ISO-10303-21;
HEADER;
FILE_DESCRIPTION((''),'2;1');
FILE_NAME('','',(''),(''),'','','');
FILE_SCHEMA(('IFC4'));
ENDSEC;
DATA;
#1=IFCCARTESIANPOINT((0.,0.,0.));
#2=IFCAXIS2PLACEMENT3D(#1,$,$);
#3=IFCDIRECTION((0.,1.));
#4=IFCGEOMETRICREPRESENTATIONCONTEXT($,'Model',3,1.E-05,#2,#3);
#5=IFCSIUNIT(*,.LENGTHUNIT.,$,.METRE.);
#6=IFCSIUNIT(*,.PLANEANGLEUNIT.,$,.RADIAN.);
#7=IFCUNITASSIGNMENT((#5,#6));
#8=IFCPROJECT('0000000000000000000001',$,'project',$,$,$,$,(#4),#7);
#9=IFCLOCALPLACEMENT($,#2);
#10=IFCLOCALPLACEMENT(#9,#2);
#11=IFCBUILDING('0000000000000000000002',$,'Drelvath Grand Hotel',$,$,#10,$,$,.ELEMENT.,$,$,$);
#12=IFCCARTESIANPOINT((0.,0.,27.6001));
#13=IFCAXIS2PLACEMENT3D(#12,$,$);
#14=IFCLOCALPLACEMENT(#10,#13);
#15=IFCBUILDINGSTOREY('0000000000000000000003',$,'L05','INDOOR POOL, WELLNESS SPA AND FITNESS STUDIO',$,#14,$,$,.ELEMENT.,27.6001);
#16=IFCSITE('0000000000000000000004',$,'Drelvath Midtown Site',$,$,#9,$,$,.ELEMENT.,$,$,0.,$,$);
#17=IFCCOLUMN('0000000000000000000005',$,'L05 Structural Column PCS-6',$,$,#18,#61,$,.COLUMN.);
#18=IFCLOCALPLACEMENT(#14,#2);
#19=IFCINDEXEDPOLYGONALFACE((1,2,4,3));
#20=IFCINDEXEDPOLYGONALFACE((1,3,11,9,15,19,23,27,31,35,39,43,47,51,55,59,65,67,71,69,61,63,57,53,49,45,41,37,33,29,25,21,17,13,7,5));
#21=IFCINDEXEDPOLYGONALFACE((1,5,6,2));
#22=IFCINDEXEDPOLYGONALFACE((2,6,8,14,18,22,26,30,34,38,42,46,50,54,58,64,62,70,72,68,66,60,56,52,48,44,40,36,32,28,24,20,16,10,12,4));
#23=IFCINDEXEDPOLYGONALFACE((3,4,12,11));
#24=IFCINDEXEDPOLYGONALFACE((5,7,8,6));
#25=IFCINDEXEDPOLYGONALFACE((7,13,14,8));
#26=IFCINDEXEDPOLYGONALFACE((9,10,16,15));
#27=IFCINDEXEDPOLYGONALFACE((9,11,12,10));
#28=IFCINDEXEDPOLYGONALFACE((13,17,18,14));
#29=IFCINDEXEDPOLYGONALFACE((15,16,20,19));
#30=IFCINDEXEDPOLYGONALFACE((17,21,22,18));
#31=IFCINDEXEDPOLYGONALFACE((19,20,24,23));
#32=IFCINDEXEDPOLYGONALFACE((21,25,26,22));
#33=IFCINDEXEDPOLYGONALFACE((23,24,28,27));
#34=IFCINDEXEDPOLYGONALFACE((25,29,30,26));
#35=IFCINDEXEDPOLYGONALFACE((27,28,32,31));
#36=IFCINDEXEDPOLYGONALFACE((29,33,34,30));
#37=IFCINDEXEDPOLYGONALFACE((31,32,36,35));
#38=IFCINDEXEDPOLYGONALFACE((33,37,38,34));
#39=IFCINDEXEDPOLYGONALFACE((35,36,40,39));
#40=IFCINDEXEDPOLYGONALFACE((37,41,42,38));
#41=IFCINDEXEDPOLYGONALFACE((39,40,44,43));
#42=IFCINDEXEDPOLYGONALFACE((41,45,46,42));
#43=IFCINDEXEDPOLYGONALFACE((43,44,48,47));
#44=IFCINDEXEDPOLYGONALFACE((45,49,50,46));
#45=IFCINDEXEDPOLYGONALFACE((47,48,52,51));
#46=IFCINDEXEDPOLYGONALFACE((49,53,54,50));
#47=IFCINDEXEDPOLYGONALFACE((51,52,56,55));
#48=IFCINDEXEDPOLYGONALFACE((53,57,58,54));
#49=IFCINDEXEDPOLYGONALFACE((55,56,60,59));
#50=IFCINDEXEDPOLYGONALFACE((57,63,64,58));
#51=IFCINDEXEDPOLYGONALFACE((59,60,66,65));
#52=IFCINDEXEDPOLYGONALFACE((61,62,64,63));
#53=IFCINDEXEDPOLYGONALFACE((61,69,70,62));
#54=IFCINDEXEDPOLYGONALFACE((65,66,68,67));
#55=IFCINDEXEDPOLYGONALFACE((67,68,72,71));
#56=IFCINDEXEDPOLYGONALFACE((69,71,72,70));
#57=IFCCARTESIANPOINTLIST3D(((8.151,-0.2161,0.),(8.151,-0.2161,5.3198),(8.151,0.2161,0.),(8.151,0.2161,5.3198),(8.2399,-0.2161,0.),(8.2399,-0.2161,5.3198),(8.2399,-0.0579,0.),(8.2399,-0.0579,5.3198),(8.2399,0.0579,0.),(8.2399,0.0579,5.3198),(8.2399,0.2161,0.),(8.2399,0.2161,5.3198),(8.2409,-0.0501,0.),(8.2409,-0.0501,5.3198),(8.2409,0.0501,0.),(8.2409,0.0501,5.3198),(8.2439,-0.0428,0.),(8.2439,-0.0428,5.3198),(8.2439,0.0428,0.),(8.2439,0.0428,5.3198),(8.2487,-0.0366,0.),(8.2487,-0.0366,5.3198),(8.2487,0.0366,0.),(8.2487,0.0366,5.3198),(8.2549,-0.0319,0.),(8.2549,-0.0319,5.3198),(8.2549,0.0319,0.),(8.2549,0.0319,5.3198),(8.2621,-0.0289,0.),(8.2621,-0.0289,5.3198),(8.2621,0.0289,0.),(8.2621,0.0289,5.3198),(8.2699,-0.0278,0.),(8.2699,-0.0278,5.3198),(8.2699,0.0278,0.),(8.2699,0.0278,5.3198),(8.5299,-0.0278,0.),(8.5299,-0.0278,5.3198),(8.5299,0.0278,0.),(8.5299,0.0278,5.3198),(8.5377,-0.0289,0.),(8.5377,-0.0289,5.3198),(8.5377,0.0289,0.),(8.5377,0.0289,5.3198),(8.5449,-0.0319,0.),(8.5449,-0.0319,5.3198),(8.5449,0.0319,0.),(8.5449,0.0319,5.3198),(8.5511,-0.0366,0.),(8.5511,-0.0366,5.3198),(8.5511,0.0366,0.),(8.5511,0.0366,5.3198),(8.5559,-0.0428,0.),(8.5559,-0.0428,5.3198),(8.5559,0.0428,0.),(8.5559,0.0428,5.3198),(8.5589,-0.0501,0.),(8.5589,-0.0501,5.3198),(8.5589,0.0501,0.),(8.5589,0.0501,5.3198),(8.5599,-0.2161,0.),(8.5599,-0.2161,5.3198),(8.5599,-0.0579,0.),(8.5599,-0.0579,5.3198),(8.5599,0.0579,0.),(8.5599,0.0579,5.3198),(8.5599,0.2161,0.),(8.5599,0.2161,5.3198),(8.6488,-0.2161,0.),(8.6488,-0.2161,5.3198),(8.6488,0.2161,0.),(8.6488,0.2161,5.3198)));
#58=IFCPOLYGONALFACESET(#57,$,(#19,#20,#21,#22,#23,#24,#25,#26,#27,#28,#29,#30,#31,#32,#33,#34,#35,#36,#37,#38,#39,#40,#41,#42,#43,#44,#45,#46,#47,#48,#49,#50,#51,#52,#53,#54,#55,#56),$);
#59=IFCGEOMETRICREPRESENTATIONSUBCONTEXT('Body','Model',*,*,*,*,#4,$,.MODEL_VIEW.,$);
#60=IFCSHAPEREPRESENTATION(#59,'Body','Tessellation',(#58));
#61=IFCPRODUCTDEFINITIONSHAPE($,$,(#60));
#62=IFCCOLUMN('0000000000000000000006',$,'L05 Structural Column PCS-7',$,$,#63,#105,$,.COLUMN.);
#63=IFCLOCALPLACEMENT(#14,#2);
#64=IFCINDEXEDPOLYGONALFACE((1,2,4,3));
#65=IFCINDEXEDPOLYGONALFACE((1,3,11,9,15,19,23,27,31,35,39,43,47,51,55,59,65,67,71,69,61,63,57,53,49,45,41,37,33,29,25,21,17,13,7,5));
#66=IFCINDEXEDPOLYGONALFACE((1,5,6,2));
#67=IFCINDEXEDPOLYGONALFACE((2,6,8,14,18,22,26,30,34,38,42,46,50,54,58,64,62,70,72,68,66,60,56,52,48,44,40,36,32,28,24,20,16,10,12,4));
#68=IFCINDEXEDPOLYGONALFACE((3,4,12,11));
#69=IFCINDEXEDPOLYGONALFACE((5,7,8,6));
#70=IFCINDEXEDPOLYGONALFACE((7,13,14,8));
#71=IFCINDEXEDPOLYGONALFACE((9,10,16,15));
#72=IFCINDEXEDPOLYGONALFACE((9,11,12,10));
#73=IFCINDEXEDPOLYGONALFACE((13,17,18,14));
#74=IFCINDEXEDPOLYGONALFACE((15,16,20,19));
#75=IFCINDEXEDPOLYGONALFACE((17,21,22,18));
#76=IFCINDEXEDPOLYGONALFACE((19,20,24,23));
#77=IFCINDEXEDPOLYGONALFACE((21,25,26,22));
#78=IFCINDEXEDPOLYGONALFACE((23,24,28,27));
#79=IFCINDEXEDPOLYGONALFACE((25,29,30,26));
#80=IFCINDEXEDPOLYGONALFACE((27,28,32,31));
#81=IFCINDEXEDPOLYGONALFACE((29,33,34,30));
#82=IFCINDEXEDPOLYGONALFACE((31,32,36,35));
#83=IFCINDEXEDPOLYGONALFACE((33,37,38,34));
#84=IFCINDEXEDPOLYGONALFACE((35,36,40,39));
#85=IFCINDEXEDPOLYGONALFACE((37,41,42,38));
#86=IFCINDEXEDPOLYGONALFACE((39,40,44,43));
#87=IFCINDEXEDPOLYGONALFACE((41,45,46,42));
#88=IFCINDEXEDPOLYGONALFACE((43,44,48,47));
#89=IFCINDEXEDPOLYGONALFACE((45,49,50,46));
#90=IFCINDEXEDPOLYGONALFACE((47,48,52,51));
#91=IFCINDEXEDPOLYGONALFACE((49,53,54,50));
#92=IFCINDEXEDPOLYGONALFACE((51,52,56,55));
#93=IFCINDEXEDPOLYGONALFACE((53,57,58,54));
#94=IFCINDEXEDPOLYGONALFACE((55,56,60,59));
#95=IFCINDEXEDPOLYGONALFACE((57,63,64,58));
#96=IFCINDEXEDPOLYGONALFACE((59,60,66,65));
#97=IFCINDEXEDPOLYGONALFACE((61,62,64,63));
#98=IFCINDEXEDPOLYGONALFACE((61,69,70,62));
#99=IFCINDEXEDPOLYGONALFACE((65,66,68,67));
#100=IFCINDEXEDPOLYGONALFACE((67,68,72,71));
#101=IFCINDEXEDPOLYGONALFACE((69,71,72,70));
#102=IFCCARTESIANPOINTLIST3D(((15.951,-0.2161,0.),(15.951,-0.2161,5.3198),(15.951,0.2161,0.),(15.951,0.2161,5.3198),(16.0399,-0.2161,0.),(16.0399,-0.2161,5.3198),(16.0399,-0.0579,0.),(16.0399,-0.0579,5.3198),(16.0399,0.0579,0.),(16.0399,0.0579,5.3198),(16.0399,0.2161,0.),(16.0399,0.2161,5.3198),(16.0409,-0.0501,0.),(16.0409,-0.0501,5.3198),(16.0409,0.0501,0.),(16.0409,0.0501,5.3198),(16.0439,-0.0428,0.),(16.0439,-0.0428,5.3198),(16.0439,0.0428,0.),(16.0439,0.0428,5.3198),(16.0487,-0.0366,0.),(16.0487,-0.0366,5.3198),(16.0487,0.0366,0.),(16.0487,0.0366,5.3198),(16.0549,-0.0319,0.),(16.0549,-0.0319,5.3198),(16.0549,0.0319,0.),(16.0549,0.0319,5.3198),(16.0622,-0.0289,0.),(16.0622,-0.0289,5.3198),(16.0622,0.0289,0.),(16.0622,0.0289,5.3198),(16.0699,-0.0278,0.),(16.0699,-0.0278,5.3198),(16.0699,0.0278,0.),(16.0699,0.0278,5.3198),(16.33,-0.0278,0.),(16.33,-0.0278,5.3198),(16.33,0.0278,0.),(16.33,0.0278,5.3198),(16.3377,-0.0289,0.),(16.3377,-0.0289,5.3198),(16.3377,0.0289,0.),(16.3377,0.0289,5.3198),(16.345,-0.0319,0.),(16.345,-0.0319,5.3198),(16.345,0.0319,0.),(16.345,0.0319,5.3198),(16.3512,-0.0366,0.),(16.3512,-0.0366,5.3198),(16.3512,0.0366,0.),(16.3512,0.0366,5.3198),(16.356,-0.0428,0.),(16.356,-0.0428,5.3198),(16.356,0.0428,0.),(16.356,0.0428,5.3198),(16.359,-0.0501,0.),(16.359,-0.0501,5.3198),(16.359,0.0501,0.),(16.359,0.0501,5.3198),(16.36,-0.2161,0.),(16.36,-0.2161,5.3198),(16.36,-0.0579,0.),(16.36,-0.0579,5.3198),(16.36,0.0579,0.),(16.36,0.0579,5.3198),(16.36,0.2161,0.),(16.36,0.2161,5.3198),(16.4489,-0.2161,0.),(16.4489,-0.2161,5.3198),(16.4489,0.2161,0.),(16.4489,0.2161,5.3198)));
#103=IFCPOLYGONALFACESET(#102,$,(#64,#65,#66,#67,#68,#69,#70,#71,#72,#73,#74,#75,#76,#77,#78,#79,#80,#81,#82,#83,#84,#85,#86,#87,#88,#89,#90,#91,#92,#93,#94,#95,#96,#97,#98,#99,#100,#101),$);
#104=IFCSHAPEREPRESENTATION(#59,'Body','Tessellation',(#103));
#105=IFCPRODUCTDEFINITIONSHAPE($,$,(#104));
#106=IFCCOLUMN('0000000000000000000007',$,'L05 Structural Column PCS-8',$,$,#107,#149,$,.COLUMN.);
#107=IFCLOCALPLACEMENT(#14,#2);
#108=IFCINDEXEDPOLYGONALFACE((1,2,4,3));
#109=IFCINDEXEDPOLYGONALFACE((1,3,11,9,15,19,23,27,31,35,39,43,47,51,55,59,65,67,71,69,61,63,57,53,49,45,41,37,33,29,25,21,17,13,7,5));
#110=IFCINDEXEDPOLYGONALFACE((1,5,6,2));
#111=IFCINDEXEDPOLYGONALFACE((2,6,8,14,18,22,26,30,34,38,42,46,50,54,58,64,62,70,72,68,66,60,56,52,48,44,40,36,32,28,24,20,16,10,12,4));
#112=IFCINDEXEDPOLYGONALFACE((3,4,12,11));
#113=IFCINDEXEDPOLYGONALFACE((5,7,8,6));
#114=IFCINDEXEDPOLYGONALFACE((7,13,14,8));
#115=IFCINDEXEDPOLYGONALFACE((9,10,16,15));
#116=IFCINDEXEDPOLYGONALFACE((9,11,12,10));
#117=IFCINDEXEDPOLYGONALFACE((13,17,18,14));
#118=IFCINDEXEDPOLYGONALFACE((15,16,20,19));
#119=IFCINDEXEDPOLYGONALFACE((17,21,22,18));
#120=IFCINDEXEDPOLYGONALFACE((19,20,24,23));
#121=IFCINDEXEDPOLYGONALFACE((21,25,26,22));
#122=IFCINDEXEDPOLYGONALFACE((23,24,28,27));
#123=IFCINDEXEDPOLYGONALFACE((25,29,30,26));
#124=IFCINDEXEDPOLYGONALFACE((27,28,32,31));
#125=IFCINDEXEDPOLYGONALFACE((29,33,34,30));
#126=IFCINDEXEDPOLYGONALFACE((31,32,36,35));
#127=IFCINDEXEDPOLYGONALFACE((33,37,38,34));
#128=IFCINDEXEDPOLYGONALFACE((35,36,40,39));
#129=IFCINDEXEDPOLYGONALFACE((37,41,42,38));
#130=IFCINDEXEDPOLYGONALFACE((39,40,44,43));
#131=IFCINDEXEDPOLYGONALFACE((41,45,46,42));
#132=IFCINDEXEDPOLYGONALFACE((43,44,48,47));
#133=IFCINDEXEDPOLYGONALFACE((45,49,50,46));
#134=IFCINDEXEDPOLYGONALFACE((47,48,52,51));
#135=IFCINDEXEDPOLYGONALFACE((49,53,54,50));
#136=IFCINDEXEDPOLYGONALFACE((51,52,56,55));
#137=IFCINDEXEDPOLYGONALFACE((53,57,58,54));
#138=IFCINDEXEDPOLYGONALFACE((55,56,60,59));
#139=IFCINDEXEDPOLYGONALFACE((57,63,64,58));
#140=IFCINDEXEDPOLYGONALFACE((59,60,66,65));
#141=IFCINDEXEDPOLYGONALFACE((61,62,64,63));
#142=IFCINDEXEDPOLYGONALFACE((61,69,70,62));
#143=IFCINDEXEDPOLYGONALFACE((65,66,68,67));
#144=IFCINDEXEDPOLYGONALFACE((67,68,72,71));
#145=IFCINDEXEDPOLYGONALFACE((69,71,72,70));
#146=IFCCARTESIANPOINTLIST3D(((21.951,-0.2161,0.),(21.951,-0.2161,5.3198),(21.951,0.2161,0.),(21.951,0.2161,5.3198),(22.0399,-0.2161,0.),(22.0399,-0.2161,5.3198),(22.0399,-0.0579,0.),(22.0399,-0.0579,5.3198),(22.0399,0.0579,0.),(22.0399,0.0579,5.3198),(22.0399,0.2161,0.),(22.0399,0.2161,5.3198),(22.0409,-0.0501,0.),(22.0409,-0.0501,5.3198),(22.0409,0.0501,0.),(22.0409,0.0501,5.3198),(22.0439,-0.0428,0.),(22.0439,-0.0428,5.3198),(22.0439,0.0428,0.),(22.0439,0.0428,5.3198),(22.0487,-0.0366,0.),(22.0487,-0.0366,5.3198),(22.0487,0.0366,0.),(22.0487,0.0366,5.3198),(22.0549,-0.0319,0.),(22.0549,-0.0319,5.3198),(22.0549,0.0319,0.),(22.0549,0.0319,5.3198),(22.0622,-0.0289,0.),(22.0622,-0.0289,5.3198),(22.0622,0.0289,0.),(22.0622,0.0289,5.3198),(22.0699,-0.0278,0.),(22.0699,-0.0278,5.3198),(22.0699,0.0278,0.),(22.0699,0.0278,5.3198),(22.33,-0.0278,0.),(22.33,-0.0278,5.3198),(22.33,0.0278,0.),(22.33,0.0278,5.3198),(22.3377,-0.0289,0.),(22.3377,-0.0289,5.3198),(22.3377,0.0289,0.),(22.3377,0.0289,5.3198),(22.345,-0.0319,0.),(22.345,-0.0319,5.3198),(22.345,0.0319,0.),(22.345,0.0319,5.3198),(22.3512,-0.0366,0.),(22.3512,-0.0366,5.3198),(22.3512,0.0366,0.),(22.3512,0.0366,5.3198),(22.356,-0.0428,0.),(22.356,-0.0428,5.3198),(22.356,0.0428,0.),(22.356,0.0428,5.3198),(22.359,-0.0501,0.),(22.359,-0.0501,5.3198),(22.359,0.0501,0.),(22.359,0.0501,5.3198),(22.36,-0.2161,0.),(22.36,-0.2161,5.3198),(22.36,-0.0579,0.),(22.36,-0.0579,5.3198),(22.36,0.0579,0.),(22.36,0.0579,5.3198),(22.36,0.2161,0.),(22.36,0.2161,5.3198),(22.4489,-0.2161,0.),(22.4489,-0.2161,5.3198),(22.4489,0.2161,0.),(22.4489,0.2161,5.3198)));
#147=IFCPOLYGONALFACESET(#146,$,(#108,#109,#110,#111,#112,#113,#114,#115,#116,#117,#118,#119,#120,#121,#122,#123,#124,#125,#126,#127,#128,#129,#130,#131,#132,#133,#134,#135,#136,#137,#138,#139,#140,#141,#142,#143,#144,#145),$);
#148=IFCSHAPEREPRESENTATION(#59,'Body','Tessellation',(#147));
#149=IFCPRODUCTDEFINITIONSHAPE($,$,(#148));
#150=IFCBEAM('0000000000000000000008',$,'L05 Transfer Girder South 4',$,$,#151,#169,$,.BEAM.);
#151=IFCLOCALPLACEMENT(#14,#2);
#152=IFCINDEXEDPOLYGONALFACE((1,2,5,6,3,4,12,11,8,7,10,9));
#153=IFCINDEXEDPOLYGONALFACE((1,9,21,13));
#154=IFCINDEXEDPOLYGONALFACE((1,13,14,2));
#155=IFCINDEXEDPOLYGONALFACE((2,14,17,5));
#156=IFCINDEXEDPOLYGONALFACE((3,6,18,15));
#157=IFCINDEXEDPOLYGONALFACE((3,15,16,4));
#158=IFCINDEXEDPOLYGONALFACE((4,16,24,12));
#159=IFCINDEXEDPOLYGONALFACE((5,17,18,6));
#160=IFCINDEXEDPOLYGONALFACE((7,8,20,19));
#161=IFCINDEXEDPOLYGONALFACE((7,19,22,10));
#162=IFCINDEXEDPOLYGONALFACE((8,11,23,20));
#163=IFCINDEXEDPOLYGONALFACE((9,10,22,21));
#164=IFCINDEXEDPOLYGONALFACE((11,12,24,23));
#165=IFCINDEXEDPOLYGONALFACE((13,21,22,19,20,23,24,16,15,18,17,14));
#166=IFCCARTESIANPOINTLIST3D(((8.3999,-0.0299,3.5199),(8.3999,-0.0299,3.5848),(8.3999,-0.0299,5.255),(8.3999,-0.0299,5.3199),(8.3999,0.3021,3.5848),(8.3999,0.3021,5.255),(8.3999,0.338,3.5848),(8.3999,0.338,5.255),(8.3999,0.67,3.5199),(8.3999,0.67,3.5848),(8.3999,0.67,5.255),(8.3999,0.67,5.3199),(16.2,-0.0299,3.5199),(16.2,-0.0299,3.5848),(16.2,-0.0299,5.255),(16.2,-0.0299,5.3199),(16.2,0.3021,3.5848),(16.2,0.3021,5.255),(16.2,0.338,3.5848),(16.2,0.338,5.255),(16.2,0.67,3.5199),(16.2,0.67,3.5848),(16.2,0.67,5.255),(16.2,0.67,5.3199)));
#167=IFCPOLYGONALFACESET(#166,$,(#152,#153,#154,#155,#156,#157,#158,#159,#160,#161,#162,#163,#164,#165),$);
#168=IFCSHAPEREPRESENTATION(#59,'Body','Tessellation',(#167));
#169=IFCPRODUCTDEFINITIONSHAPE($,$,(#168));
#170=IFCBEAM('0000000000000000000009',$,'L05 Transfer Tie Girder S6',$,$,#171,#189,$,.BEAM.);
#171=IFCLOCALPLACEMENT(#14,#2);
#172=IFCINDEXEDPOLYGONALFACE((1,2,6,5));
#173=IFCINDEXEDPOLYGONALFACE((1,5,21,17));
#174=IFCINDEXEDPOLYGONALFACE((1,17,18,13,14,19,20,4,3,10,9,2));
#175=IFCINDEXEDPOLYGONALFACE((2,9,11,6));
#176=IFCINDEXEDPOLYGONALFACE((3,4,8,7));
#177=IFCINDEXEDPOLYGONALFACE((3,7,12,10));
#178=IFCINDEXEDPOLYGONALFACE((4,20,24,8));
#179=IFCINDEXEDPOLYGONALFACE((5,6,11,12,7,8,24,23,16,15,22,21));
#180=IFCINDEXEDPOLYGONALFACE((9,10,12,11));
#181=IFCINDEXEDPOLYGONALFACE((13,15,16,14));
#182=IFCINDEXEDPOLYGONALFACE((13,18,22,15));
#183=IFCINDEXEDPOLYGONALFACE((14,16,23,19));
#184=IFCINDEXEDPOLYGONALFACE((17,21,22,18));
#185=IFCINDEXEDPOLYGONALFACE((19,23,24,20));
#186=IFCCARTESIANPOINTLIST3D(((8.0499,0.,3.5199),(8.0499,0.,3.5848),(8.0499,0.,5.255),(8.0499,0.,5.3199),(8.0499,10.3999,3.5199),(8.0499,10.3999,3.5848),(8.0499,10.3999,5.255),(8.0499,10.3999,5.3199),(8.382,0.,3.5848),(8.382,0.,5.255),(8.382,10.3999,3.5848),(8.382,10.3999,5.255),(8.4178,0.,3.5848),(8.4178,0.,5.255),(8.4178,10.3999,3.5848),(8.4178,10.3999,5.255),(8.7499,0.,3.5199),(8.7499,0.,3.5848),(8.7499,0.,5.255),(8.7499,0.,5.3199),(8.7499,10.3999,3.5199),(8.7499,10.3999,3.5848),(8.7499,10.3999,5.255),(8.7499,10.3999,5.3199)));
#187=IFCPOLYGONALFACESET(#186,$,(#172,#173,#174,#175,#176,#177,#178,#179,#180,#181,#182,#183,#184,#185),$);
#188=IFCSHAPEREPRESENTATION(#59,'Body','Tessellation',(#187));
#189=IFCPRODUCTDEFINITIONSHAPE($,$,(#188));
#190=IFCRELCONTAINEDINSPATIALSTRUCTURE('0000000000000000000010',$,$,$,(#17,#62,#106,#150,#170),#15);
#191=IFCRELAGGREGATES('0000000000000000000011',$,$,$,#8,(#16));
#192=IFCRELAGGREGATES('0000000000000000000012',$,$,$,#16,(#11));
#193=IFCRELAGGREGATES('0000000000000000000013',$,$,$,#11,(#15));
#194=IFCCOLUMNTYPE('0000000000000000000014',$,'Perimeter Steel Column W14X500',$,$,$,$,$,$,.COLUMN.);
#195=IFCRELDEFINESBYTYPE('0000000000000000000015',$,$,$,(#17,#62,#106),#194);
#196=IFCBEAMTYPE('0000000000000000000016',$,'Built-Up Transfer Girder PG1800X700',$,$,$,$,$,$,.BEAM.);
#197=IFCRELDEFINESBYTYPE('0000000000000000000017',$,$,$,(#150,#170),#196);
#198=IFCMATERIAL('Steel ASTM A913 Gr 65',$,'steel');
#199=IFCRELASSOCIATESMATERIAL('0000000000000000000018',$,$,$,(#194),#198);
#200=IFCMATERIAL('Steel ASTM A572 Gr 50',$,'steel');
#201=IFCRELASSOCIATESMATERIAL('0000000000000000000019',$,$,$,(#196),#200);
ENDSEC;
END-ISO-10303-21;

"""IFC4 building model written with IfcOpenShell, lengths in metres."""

from ifc_helpers import new_model, si_unit, direction, frame, origin, origin_2d, place, context, subcontext, project, spatial, i_section, extrude, material, material_profile, profile_set, type_object, element, save


model = new_model("IFC4")

# Units and contexts
model_context = context("Model", 3, precision=1e-05, world=origin(), true_north=direction((0.0, 1.0)))
body_context = subcontext(model_context, "Body", "Model", "MODEL_VIEW")
ifc_project = project(units=[si_unit("LENGTHUNIT", "METRE"), si_unit("PLANEANGLEUNIT", "RADIAN")], contexts=[model_context])

# Site, building, storey
site_placement = place(None, origin())
site = spatial("IfcSite", under=ifc_project, at=site_placement, Name="Drelvath Midtown Site", CompositionType="ELEMENT", RefElevation=0.0)
building_placement = place(site_placement, origin())
building = spatial("IfcBuilding", under=site, at=building_placement, Name="Drelvath Grand Hotel", CompositionType="ELEMENT")
storey_placement = place(building_placement, frame((0.0, 0.0, 27.6001)))
storey = spatial("IfcBuildingStorey", under=building, at=storey_placement, Name="L05", Description="INDOOR POOL, WELLNESS SPA AND FITNESS STUDIO", CompositionType="ELEMENT", Elevation=27.6001)

# Columns
ifc_material_1 = material(Name="Steel ASTM A913 Gr 65", Category="steel")
ifc_material_profile_1 = material_profile(ifc_material_1, i_section(OverallWidth=0.4321, OverallDepth=0.4978, WebThickness=0.0557, FlangeThickness=0.0889, FilletRadius=0.03, at=origin_2d()), Name="W14X500")
ifc_profile_set_1 = profile_set([ifc_material_profile_1], Name="Steel ASTM A913 Gr 65")
column_type = type_object("IfcColumnType", Name="Perimeter Steel Column W14X500", PredefinedType="COLUMN", material=ifc_profile_set_1)
for number, where, z_axis, x_axis, name in (
    (1, (8.3999, 0.0, 0.0), (0.0, 0.0, 1.0), (0.0, 1.0, 0.0), "L05 Structural Column PCS-6"),
    (2, (16.2, 0.0, 0.0), (0.0, 0.0, 1.0), (0.0, 1.0, 0.0), "L05 Structural Column PCS-7"),
    (3, (22.2, 0.0, 0.0), (0.0, 0.0, 1.0), (0.0, 1.0, 0.0), "L05 Structural Column PCS-8"),
):
    element("IfcColumn", number, at=place(storey_placement, frame(where, z_axis=z_axis, x_axis=x_axis)), inside=storey, type_object=column_type, Name=name, PredefinedType="COLUMN", context=body_context, shape_type="SweptSolid", body=[
        extrude(i_section(OverallWidth=0.4321, OverallDepth=0.4978, WebThickness=0.0557, FlangeThickness=0.0889, FilletRadius=0.03, at=origin_2d()), origin(), (0.0, 0.0, 1.0), 5.3198),
    ])

# Beams
ifc_material_2 = material(Name="Steel ASTM A572 Gr 50", Category="steel")
ifc_material_profile_2 = material_profile(ifc_material_2, i_section(OverallWidth=0.7, OverallDepth=1.8, WebThickness=0.0359, FlangeThickness=0.0649, at=origin_2d()), Name="PG1800X700")
ifc_profile_set_2 = profile_set([ifc_material_profile_2], Name="Steel ASTM A572 Gr 50")
beam_type_1 = type_object("IfcBeamType", Name="Built-Up Transfer Girder PG1800X700", PredefinedType="BEAM", material=ifc_profile_set_2)
beam_1_placement = place(storey_placement, frame((8.3999, 0.3201, 4.4199), z_axis=(1.0, 0.0, 0.0), x_axis=(0.0, 1.0, 0.0)))
element("IfcBeam", 4, at=beam_1_placement, inside=storey, type_object=beam_type_1, Name="L05 Transfer Girder South 4", PredefinedType="BEAM", context=body_context, shape_type="SweptSolid", body=[
    extrude(i_section(OverallWidth=0.7, OverallDepth=1.8, WebThickness=0.0359, FlangeThickness=0.0649, at=origin_2d()), origin(), (0.0, 0.0, 1.0), 7.8),
])
beam_2_placement = place(storey_placement, frame((8.3999, 0.0, 4.4199), z_axis=(0.0, 1.0, 0.0), x_axis=(-1.0, 0.0, 0.0)))
element("IfcBeam", 5, at=beam_2_placement, inside=storey, type_object=beam_type_1, Name="L05 Transfer Tie Girder S6", PredefinedType="BEAM", context=body_context, shape_type="SweptSolid", body=[
    extrude(i_section(OverallWidth=0.7, OverallDepth=1.8, WebThickness=0.0359, FlangeThickness=0.0649, at=origin_2d()), origin(), (0.0, 0.0, 1.0), 10.3999),
])

save(model, "model.ifc")
